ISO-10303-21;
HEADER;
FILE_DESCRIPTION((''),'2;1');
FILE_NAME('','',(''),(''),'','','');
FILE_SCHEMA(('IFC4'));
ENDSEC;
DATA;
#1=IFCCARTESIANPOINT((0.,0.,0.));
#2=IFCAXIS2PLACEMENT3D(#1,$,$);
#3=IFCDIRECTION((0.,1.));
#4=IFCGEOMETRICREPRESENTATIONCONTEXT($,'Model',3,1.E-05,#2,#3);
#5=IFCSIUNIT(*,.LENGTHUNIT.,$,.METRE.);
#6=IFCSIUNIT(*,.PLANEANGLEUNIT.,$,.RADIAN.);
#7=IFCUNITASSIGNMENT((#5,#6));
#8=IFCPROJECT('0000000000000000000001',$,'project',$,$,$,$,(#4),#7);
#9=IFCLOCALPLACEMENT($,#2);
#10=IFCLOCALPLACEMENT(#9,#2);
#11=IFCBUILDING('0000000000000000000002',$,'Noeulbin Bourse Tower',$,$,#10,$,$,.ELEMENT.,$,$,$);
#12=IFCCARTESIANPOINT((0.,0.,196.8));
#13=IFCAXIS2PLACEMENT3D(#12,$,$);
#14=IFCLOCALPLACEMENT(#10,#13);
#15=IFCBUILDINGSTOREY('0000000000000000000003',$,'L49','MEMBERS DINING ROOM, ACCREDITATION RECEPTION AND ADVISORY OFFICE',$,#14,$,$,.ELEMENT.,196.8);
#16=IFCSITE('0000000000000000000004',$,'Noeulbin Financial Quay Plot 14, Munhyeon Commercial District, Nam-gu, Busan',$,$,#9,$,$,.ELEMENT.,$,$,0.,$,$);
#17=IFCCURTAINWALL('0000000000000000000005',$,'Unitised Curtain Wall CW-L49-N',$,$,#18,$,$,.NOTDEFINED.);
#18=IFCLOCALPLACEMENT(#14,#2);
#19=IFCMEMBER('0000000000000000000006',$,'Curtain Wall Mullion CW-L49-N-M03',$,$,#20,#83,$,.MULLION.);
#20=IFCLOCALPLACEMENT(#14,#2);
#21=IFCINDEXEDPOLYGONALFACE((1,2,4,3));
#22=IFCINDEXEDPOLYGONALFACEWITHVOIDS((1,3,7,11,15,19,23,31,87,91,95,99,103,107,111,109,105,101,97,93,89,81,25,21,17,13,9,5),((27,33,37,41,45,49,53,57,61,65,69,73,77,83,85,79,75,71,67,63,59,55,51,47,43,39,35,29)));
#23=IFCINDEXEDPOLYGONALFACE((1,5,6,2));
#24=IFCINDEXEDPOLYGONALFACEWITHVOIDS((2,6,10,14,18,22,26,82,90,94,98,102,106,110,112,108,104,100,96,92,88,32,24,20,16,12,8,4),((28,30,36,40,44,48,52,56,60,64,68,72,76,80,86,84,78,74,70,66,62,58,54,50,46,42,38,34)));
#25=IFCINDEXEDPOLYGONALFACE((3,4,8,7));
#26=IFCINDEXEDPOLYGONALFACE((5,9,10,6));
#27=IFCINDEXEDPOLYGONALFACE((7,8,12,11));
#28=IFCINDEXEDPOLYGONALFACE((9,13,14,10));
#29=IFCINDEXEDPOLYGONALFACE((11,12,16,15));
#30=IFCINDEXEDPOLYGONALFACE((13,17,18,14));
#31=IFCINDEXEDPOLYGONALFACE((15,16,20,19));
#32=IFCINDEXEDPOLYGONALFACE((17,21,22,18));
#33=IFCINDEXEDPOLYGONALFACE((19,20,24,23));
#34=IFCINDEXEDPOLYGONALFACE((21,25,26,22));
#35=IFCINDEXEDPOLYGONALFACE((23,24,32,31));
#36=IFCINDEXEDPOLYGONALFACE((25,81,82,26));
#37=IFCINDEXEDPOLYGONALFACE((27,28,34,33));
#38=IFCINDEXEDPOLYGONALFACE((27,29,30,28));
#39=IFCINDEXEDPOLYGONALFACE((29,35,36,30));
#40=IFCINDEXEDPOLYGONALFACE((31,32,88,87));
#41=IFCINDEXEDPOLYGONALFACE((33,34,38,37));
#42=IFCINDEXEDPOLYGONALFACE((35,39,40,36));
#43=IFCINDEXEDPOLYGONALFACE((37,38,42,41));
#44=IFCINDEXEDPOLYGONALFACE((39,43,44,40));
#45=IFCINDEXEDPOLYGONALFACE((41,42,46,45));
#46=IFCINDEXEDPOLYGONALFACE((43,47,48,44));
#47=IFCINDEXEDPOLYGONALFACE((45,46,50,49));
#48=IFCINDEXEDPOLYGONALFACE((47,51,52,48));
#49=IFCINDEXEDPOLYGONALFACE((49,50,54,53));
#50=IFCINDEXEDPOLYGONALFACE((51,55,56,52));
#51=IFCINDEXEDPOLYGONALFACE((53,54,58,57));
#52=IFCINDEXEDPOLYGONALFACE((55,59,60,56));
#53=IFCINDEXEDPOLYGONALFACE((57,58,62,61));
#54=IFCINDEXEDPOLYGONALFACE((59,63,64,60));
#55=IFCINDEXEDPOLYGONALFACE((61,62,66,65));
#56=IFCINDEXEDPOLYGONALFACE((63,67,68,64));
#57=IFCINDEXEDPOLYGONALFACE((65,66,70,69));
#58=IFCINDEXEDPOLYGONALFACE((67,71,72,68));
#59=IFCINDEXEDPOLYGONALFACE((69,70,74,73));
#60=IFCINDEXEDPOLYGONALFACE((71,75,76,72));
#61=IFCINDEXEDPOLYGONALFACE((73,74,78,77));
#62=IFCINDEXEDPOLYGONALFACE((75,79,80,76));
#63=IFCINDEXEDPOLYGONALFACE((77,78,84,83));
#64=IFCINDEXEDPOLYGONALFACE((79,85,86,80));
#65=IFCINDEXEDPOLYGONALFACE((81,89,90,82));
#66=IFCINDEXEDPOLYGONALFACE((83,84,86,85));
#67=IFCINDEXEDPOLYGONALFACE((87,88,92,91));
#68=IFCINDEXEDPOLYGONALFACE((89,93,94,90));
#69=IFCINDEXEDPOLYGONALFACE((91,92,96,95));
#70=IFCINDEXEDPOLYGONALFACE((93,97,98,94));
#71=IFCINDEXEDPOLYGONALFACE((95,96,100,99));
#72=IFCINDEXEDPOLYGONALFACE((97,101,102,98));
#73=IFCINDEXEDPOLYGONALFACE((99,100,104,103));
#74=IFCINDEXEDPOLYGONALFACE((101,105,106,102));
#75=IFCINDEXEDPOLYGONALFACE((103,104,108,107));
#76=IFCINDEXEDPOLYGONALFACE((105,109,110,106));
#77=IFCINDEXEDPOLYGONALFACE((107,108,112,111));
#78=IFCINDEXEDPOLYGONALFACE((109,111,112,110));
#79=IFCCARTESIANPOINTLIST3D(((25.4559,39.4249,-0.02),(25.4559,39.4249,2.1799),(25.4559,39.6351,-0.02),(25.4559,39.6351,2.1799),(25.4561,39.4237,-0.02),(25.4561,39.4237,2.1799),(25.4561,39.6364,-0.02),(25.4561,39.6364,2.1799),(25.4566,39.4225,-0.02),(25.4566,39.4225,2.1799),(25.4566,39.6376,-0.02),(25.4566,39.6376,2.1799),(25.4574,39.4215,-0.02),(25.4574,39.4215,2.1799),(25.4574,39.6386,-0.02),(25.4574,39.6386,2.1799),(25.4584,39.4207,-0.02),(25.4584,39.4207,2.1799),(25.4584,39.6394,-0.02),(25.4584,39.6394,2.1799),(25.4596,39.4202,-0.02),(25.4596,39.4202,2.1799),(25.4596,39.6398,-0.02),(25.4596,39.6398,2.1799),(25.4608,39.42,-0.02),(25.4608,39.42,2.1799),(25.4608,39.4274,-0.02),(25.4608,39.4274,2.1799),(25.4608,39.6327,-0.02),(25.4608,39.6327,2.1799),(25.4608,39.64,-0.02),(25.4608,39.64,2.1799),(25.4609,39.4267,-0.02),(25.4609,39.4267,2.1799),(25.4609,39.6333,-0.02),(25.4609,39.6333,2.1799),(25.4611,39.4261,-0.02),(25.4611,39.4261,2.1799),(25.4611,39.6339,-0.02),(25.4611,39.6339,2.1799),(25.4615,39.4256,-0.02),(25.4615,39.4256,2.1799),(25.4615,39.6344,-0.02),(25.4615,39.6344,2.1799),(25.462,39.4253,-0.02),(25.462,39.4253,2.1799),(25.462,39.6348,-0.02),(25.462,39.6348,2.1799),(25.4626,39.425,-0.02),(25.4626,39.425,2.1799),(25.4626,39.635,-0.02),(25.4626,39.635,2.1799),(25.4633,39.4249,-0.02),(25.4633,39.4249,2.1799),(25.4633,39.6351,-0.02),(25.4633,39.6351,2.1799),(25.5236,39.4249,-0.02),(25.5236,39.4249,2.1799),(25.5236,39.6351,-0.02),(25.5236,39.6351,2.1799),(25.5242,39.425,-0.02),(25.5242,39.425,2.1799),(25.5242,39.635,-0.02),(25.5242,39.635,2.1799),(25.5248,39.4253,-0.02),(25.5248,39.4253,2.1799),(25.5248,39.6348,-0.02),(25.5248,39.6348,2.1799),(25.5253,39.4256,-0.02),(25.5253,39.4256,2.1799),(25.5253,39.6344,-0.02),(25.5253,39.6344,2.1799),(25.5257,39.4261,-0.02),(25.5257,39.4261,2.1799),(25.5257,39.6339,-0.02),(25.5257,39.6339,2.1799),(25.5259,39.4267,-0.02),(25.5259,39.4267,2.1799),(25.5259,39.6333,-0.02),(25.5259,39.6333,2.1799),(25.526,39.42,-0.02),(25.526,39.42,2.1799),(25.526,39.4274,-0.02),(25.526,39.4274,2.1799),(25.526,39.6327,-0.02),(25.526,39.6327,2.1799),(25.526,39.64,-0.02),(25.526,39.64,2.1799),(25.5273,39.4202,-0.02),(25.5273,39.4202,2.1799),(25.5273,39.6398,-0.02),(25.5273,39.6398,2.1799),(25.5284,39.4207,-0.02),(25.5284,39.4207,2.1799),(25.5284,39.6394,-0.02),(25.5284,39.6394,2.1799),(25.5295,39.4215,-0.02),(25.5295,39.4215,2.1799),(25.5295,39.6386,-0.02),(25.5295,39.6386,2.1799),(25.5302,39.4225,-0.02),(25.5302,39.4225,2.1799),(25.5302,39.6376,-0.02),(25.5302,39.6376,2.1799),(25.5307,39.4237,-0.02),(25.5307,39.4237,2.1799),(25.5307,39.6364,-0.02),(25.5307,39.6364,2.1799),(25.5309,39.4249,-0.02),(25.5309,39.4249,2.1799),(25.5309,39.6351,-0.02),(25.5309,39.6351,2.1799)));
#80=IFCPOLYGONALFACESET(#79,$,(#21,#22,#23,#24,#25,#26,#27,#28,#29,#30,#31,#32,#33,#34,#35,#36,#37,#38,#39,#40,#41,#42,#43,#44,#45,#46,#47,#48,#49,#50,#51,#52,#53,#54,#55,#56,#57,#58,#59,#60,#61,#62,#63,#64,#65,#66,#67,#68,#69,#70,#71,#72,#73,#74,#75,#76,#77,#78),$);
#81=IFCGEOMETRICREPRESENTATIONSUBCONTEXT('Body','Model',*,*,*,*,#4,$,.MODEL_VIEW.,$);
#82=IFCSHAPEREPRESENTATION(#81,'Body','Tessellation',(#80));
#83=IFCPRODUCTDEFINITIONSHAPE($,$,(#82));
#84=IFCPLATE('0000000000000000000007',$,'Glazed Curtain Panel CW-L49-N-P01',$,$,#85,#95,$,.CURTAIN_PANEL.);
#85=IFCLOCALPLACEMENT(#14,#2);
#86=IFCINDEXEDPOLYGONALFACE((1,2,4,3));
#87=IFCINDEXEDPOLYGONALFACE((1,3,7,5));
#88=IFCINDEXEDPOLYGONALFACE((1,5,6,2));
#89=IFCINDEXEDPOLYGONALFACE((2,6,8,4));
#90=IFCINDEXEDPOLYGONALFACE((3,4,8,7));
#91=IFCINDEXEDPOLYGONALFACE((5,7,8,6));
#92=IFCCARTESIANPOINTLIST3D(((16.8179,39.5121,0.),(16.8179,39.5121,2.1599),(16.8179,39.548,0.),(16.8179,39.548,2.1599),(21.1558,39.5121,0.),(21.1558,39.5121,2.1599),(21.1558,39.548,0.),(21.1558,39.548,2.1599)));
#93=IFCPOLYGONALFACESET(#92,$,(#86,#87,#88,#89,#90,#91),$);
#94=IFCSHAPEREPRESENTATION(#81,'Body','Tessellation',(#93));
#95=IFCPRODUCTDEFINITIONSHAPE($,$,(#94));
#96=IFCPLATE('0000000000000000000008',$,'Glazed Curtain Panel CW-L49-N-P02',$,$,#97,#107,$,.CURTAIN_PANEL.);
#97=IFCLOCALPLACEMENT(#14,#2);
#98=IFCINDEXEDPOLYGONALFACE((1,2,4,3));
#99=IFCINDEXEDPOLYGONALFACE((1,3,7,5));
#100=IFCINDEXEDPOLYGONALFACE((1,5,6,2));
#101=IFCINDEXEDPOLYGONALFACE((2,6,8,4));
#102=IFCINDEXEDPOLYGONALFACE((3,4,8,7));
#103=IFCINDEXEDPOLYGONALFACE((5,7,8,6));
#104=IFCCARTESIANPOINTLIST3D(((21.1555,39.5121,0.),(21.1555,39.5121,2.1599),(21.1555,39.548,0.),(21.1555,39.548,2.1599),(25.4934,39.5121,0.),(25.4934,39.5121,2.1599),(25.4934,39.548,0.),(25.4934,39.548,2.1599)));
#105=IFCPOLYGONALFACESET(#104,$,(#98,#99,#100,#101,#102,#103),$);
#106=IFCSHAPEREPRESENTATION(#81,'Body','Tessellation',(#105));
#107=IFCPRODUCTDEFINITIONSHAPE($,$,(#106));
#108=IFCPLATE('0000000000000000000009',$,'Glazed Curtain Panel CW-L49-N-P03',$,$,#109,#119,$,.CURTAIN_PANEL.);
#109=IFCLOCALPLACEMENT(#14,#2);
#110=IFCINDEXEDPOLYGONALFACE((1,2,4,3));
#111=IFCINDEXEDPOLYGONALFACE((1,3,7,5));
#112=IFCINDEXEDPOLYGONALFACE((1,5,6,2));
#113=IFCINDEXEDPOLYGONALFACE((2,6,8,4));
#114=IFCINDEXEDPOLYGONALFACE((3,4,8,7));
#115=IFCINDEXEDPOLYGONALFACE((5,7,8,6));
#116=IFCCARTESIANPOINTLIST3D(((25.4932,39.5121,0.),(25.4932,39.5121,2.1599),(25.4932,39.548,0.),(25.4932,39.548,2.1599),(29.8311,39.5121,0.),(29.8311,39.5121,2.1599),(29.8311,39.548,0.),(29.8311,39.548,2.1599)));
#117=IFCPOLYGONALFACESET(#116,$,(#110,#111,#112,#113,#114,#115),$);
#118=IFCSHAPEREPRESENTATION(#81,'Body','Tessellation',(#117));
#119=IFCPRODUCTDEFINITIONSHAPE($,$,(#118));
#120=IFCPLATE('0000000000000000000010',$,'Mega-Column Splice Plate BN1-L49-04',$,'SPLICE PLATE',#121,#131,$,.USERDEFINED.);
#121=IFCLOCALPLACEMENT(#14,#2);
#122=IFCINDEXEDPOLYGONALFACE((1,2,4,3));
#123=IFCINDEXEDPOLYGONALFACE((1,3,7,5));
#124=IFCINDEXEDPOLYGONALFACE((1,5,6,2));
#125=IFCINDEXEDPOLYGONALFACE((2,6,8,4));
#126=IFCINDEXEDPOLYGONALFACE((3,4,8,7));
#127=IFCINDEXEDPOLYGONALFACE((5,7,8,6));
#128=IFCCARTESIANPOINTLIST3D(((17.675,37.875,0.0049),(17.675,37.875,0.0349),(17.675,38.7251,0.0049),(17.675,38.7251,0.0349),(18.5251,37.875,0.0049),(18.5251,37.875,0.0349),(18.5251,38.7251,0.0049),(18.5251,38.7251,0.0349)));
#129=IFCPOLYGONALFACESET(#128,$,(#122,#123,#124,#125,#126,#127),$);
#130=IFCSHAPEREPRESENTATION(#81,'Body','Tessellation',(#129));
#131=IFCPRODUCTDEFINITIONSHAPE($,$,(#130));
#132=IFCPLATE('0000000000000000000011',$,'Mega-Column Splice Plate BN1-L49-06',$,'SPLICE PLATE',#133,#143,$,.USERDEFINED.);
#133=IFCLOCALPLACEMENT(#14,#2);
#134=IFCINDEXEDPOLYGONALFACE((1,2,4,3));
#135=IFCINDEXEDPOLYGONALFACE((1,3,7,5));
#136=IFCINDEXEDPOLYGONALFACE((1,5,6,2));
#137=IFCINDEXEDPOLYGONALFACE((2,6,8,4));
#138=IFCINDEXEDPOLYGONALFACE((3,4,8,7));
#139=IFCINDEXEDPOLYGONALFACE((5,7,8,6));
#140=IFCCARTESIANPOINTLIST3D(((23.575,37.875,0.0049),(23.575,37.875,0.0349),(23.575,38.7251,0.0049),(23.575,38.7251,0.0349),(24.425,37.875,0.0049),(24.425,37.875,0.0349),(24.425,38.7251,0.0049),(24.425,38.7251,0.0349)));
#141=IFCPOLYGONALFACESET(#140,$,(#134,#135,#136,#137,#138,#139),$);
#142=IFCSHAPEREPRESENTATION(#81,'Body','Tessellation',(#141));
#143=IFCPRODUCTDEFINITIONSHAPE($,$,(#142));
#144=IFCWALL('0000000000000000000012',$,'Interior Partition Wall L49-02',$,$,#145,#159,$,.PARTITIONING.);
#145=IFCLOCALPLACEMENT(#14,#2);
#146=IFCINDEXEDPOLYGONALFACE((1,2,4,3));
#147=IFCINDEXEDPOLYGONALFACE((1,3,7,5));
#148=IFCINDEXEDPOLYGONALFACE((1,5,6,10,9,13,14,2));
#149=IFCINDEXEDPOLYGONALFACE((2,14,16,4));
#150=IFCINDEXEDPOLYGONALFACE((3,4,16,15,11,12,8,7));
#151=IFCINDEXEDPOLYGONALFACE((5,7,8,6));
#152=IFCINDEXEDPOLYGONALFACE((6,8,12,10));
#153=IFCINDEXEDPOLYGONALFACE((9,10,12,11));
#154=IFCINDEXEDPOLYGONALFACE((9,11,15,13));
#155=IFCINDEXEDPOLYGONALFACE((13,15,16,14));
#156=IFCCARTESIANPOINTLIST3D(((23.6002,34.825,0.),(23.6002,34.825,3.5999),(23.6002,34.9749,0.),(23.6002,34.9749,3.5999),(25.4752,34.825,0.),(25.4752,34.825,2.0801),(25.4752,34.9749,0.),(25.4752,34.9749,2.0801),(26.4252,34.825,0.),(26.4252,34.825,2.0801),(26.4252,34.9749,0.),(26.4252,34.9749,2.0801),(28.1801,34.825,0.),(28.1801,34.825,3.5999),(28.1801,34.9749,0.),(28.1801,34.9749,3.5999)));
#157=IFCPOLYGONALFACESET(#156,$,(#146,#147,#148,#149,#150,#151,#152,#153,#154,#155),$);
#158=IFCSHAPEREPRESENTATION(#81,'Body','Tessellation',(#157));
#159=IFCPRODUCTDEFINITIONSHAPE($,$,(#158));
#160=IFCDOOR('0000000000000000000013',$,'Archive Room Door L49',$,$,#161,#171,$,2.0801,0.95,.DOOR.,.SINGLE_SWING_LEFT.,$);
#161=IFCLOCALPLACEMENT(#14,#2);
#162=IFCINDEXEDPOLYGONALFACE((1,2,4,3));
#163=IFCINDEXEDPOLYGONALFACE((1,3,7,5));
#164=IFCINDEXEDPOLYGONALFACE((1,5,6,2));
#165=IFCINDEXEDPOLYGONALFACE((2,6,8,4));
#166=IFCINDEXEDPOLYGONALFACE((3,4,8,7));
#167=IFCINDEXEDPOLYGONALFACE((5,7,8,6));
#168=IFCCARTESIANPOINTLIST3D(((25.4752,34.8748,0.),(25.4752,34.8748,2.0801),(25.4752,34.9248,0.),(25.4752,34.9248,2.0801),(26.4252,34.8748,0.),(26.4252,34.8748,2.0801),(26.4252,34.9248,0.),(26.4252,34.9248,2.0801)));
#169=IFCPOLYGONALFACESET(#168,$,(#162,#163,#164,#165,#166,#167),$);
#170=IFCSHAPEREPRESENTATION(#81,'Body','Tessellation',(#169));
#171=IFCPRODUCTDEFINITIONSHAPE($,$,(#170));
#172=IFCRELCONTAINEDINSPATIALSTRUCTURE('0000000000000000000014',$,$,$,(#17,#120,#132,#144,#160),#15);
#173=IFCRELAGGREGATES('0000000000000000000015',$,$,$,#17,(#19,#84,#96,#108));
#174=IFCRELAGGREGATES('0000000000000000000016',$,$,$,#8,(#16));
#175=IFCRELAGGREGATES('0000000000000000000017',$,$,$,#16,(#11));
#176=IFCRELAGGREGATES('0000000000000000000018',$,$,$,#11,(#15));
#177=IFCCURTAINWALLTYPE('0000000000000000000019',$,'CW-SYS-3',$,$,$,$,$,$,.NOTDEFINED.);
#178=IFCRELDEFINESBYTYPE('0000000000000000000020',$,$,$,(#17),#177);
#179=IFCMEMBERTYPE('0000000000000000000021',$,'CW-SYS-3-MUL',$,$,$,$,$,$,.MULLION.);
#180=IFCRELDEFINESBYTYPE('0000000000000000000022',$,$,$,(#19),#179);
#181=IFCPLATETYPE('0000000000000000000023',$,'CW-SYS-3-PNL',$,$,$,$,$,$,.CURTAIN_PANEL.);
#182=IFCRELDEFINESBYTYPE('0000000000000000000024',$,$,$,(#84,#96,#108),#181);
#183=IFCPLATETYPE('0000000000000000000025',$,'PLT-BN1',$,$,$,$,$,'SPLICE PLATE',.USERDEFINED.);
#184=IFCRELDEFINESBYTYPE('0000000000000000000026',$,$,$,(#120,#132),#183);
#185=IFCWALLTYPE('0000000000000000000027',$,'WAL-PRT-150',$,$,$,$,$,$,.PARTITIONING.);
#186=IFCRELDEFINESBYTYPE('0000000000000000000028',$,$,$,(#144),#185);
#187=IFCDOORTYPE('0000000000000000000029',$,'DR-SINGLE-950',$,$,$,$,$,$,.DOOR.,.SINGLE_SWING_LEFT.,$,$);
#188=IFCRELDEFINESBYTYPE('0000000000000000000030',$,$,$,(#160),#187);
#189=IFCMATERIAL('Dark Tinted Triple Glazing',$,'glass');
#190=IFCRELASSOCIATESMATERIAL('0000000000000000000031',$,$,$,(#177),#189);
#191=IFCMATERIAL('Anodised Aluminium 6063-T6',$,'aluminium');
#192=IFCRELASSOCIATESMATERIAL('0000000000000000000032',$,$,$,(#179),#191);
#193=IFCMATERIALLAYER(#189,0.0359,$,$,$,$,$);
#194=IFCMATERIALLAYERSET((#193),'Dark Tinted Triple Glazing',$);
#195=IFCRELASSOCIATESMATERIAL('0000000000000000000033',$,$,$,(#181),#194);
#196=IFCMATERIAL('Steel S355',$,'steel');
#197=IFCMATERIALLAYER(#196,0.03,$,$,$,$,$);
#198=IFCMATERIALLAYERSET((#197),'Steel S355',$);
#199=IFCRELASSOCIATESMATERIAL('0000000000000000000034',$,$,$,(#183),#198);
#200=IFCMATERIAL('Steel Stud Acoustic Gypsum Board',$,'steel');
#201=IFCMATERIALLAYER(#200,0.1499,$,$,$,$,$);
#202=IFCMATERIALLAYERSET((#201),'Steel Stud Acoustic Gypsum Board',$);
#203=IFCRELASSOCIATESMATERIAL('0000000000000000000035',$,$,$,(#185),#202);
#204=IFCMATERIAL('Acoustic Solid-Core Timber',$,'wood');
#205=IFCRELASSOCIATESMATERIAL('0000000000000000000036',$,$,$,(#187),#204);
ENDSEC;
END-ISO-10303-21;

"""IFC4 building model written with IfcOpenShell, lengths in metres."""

from ifc_helpers import new_model, si_unit, direction, frame, frame_2d, origin, origin_2d, place, context, subcontext, project, spatial, rectangle, hollow_rectangle, extrude, material, layer, layer_set, material_profile, profile_set, type_object, element, fill, aggregate, save


model = new_model("IFC4")

# Units and contexts
model_context = context("Model", 3, precision=1e-05, world=origin(), true_north=direction((0.0, 1.0)))
body_context = subcontext(model_context, "Body", "Model", "MODEL_VIEW")
ifc_project = project(units=[si_unit("LENGTHUNIT", "METRE"), si_unit("PLANEANGLEUNIT", "RADIAN")], contexts=[model_context])

# Site, building, storey
site_placement = place(None, origin())
site = spatial("IfcSite", under=ifc_project, at=site_placement, Name="Noeulbin Financial Quay Plot 14, Munhyeon Commercial District, Nam-gu, Busan", CompositionType="ELEMENT", RefElevation=0.0)
building_placement = place(site_placement, origin())
building = spatial("IfcBuilding", under=site, at=building_placement, Name="Noeulbin Bourse Tower", CompositionType="ELEMENT")
storey_placement = place(building_placement, frame((0.0, 0.0, 196.8)))
storey = spatial("IfcBuildingStorey", under=building, at=storey_placement, Name="L49", Description="MEMBERS DINING ROOM, ACCREDITATION RECEPTION AND ADVISORY OFFICE", CompositionType="ELEMENT", Elevation=196.8)

# Curtain wall, member, plates
ifc_material_1 = material(Name="Dark Tinted Triple Glazing", Category="glass")
curtain_wall_type = type_object("IfcCurtainWallType", Name="CW-SYS-3", PredefinedType="NOTDEFINED", material=ifc_material_1)
curtain_wall_placement = place(storey_placement, origin())
curtain_wall = element("IfcCurtainWall", 1, at=curtain_wall_placement, inside=storey, type_object=curtain_wall_type, Name="Unitised Curtain Wall CW-L49-N", PredefinedType="NOTDEFINED")
ifc_material_2 = material(Name="Anodised Aluminium 6063-T6", Category="aluminium")
ifc_material_profile_1 = material_profile(ifc_material_2, hollow_rectangle(XDim=0.075, YDim=0.22, WallThickness=0.0049, InnerFilletRadius=0.0024, OuterFilletRadius=0.0049, at=origin_2d()), Name="ALU-MULL-75x220x5", Category="LoadBearing")
ifc_profile_set_1 = profile_set([ifc_material_profile_1], Name="Anodised Aluminium 6063-T6")
member_type = type_object("IfcMemberType", Name="CW-SYS-3-MUL", PredefinedType="MULLION", material=ifc_profile_set_1)
member_1_placement = place(storey_placement, frame((25.4934, 39.53, -0.02), z_axis=(0.0, 0.0, 1.0), x_axis=(1.0, 0.0, 0.0)))
member_1 = element("IfcMember", 2, at=member_1_placement, type_object=member_type, Name="Curtain Wall Mullion CW-L49-N-M03", PredefinedType="MULLION", context=body_context, shape_type="SweptSolid", body=[
    extrude(hollow_rectangle(XDim=0.075, YDim=0.22, WallThickness=0.0049, InnerFilletRadius=0.0024, OuterFilletRadius=0.0049, at=origin_2d()), origin(), (0.0, 0.0, 1.0), 2.2),
])
ifc_layer_1 = layer(ifc_material_1, 0.0359)
ifc_layer_set_1 = layer_set([ifc_layer_1], Name="Dark Tinted Triple Glazing")
plate_type_1 = type_object("IfcPlateType", Name="CW-SYS-3-PNL", PredefinedType="CURTAIN_PANEL", material=ifc_layer_set_1)
plate_1_placement = place(storey_placement, frame((18.9868, 39.53, 0.0), z_axis=(0.0, 0.0, 1.0), x_axis=(1.0, 0.0, 0.0)))
plate_1 = element("IfcPlate", 3, at=plate_1_placement, type_object=plate_type_1, Name="Glazed Curtain Panel CW-L49-N-P01", PredefinedType="CURTAIN_PANEL", context=body_context, shape_type="SweptSolid", body=[
    extrude(rectangle(XDim=4.3379, YDim=0.0359, at=origin_2d()), origin(), (0.0, 0.0, 1.0), 2.1599),
])
plate_2_placement = place(storey_placement, frame((23.3245, 39.53, 0.0), z_axis=(0.0, 0.0, 1.0), x_axis=(1.0, 0.0, 0.0)))
plate_2 = element("IfcPlate", 4, at=plate_2_placement, type_object=plate_type_1, Name="Glazed Curtain Panel CW-L49-N-P02", PredefinedType="CURTAIN_PANEL", context=body_context, shape_type="SweptSolid", body=[
    extrude(rectangle(XDim=4.3379, YDim=0.0359, at=origin_2d()), origin(), (0.0, 0.0, 1.0), 2.1599),
])
plate_3_placement = place(storey_placement, frame((27.6621, 39.53, 0.0), z_axis=(0.0, 0.0, 1.0), x_axis=(1.0, 0.0, 0.0)))
plate_3 = element("IfcPlate", 5, at=plate_3_placement, type_object=plate_type_1, Name="Glazed Curtain Panel CW-L49-N-P03", PredefinedType="CURTAIN_PANEL", context=body_context, shape_type="SweptSolid", body=[
    extrude(rectangle(XDim=4.3379, YDim=0.0359, at=origin_2d()), origin(), (0.0, 0.0, 1.0), 2.1599),
])
aggregate(curtain_wall, [member_1, plate_1, plate_2, plate_3])

# Plates
ifc_material_3 = material(Name="Steel S355", Category="steel")
ifc_layer_2 = layer(ifc_material_3, 0.03)
ifc_layer_set_2 = layer_set([ifc_layer_2], Name="Steel S355")
plate_type_2 = type_object("IfcPlateType", Name="PLT-BN1", ElementType="SPLICE PLATE", PredefinedType="USERDEFINED", material=ifc_layer_set_2)
for number, where, z_axis, x_axis, name in (
    (6, (18.1001, 38.3, 0.0049), (0.0, 0.0, 1.0), (1.0, 0.0, 0.0), "Mega-Column Splice Plate BN1-L49-04"),
    (7, (24.0, 38.3, 0.0049), (0.0, 0.0, 1.0), (1.0, 0.0, 0.0), "Mega-Column Splice Plate BN1-L49-06"),
):
    element("IfcPlate", number, at=place(storey_placement, frame(where, z_axis=z_axis, x_axis=x_axis)), inside=storey, type_object=plate_type_2, Name=name, ObjectType="SPLICE PLATE", PredefinedType="USERDEFINED", context=body_context, shape_type="SweptSolid", body=[
        extrude(rectangle(XDim=0.8501, YDim=0.8501, at=origin_2d()), origin(), (0.0, 0.0, 1.0), 0.03),
    ])

# Wall, opening, door
ifc_material_4 = material(Name="Steel Stud Acoustic Gypsum Board", Category="steel")
ifc_layer_3 = layer(ifc_material_4, 0.1499)
ifc_layer_set_3 = layer_set([ifc_layer_3], Name="Steel Stud Acoustic Gypsum Board")
wall_type_1 = type_object("IfcWallType", Name="WAL-PRT-150", PredefinedType="PARTITIONING", material=ifc_layer_set_3)
wall_1_placement = place(storey_placement, frame((23.6001, 34.8999, 0.0), z_axis=(0.0, 0.0, 1.0), x_axis=(1.0, 0.0, 0.0)))
wall_1 = element("IfcWall", 8, at=wall_1_placement, inside=storey, type_object=wall_type_1, Name="Interior Partition Wall L49-02", PredefinedType="PARTITIONING", context=body_context, shape_type="SweptSolid", body=[
    extrude(rectangle(XDim=4.5798, YDim=0.1499, at=frame_2d((2.29, 0.0))), origin(), (0.0, 0.0, 1.0), 3.5999),
])
opening_1_placement = place(wall_1_placement, frame((1.875, 0.0, 0.0)))
opening_1 = element("IfcOpeningElement", 9, at=opening_1_placement, cuts=wall_1, PredefinedType="OPENING", context=body_context, shape_type="SweptSolid", body=[
    extrude(rectangle(XDim=0.95, YDim=2.0801, at=frame_2d((0.4751, 1.04))), frame((0.0, 0.085, 0.0), z_axis=(0.0, -1.0, 0.0), x_axis=(1.0, 0.0, 0.0)), (0.0, 0.0, 1.0), 0.1699),
])
ifc_material_5 = material(Name="Acoustic Solid-Core Timber", Category="wood")
door_type_1 = type_object("IfcDoorType", Name="DR-SINGLE-950", OperationType="SINGLE_SWING_LEFT", PredefinedType="DOOR", material=ifc_material_5)
door_1_placement = place(opening_1_placement, origin())
door_1 = element("IfcDoor", 10, at=door_1_placement, inside=storey, type_object=door_type_1, Name="Archive Room Door L49", OperationType="SINGLE_SWING_LEFT", OverallHeight=2.0801, OverallWidth=0.95, PredefinedType="DOOR", context=body_context, shape_type="SweptSolid", body=[
    extrude(rectangle(XDim=0.95, YDim=2.0801, at=frame_2d((0.4751, 1.04))), frame((0.0, 0.0249, 0.0), z_axis=(0.0, -1.0, 0.0), x_axis=(1.0, 0.0, 0.0)), (0.0, 0.0, 1.0), 0.05),
])
fill(opening_1, door_1)

save(model, "model.ifc")
